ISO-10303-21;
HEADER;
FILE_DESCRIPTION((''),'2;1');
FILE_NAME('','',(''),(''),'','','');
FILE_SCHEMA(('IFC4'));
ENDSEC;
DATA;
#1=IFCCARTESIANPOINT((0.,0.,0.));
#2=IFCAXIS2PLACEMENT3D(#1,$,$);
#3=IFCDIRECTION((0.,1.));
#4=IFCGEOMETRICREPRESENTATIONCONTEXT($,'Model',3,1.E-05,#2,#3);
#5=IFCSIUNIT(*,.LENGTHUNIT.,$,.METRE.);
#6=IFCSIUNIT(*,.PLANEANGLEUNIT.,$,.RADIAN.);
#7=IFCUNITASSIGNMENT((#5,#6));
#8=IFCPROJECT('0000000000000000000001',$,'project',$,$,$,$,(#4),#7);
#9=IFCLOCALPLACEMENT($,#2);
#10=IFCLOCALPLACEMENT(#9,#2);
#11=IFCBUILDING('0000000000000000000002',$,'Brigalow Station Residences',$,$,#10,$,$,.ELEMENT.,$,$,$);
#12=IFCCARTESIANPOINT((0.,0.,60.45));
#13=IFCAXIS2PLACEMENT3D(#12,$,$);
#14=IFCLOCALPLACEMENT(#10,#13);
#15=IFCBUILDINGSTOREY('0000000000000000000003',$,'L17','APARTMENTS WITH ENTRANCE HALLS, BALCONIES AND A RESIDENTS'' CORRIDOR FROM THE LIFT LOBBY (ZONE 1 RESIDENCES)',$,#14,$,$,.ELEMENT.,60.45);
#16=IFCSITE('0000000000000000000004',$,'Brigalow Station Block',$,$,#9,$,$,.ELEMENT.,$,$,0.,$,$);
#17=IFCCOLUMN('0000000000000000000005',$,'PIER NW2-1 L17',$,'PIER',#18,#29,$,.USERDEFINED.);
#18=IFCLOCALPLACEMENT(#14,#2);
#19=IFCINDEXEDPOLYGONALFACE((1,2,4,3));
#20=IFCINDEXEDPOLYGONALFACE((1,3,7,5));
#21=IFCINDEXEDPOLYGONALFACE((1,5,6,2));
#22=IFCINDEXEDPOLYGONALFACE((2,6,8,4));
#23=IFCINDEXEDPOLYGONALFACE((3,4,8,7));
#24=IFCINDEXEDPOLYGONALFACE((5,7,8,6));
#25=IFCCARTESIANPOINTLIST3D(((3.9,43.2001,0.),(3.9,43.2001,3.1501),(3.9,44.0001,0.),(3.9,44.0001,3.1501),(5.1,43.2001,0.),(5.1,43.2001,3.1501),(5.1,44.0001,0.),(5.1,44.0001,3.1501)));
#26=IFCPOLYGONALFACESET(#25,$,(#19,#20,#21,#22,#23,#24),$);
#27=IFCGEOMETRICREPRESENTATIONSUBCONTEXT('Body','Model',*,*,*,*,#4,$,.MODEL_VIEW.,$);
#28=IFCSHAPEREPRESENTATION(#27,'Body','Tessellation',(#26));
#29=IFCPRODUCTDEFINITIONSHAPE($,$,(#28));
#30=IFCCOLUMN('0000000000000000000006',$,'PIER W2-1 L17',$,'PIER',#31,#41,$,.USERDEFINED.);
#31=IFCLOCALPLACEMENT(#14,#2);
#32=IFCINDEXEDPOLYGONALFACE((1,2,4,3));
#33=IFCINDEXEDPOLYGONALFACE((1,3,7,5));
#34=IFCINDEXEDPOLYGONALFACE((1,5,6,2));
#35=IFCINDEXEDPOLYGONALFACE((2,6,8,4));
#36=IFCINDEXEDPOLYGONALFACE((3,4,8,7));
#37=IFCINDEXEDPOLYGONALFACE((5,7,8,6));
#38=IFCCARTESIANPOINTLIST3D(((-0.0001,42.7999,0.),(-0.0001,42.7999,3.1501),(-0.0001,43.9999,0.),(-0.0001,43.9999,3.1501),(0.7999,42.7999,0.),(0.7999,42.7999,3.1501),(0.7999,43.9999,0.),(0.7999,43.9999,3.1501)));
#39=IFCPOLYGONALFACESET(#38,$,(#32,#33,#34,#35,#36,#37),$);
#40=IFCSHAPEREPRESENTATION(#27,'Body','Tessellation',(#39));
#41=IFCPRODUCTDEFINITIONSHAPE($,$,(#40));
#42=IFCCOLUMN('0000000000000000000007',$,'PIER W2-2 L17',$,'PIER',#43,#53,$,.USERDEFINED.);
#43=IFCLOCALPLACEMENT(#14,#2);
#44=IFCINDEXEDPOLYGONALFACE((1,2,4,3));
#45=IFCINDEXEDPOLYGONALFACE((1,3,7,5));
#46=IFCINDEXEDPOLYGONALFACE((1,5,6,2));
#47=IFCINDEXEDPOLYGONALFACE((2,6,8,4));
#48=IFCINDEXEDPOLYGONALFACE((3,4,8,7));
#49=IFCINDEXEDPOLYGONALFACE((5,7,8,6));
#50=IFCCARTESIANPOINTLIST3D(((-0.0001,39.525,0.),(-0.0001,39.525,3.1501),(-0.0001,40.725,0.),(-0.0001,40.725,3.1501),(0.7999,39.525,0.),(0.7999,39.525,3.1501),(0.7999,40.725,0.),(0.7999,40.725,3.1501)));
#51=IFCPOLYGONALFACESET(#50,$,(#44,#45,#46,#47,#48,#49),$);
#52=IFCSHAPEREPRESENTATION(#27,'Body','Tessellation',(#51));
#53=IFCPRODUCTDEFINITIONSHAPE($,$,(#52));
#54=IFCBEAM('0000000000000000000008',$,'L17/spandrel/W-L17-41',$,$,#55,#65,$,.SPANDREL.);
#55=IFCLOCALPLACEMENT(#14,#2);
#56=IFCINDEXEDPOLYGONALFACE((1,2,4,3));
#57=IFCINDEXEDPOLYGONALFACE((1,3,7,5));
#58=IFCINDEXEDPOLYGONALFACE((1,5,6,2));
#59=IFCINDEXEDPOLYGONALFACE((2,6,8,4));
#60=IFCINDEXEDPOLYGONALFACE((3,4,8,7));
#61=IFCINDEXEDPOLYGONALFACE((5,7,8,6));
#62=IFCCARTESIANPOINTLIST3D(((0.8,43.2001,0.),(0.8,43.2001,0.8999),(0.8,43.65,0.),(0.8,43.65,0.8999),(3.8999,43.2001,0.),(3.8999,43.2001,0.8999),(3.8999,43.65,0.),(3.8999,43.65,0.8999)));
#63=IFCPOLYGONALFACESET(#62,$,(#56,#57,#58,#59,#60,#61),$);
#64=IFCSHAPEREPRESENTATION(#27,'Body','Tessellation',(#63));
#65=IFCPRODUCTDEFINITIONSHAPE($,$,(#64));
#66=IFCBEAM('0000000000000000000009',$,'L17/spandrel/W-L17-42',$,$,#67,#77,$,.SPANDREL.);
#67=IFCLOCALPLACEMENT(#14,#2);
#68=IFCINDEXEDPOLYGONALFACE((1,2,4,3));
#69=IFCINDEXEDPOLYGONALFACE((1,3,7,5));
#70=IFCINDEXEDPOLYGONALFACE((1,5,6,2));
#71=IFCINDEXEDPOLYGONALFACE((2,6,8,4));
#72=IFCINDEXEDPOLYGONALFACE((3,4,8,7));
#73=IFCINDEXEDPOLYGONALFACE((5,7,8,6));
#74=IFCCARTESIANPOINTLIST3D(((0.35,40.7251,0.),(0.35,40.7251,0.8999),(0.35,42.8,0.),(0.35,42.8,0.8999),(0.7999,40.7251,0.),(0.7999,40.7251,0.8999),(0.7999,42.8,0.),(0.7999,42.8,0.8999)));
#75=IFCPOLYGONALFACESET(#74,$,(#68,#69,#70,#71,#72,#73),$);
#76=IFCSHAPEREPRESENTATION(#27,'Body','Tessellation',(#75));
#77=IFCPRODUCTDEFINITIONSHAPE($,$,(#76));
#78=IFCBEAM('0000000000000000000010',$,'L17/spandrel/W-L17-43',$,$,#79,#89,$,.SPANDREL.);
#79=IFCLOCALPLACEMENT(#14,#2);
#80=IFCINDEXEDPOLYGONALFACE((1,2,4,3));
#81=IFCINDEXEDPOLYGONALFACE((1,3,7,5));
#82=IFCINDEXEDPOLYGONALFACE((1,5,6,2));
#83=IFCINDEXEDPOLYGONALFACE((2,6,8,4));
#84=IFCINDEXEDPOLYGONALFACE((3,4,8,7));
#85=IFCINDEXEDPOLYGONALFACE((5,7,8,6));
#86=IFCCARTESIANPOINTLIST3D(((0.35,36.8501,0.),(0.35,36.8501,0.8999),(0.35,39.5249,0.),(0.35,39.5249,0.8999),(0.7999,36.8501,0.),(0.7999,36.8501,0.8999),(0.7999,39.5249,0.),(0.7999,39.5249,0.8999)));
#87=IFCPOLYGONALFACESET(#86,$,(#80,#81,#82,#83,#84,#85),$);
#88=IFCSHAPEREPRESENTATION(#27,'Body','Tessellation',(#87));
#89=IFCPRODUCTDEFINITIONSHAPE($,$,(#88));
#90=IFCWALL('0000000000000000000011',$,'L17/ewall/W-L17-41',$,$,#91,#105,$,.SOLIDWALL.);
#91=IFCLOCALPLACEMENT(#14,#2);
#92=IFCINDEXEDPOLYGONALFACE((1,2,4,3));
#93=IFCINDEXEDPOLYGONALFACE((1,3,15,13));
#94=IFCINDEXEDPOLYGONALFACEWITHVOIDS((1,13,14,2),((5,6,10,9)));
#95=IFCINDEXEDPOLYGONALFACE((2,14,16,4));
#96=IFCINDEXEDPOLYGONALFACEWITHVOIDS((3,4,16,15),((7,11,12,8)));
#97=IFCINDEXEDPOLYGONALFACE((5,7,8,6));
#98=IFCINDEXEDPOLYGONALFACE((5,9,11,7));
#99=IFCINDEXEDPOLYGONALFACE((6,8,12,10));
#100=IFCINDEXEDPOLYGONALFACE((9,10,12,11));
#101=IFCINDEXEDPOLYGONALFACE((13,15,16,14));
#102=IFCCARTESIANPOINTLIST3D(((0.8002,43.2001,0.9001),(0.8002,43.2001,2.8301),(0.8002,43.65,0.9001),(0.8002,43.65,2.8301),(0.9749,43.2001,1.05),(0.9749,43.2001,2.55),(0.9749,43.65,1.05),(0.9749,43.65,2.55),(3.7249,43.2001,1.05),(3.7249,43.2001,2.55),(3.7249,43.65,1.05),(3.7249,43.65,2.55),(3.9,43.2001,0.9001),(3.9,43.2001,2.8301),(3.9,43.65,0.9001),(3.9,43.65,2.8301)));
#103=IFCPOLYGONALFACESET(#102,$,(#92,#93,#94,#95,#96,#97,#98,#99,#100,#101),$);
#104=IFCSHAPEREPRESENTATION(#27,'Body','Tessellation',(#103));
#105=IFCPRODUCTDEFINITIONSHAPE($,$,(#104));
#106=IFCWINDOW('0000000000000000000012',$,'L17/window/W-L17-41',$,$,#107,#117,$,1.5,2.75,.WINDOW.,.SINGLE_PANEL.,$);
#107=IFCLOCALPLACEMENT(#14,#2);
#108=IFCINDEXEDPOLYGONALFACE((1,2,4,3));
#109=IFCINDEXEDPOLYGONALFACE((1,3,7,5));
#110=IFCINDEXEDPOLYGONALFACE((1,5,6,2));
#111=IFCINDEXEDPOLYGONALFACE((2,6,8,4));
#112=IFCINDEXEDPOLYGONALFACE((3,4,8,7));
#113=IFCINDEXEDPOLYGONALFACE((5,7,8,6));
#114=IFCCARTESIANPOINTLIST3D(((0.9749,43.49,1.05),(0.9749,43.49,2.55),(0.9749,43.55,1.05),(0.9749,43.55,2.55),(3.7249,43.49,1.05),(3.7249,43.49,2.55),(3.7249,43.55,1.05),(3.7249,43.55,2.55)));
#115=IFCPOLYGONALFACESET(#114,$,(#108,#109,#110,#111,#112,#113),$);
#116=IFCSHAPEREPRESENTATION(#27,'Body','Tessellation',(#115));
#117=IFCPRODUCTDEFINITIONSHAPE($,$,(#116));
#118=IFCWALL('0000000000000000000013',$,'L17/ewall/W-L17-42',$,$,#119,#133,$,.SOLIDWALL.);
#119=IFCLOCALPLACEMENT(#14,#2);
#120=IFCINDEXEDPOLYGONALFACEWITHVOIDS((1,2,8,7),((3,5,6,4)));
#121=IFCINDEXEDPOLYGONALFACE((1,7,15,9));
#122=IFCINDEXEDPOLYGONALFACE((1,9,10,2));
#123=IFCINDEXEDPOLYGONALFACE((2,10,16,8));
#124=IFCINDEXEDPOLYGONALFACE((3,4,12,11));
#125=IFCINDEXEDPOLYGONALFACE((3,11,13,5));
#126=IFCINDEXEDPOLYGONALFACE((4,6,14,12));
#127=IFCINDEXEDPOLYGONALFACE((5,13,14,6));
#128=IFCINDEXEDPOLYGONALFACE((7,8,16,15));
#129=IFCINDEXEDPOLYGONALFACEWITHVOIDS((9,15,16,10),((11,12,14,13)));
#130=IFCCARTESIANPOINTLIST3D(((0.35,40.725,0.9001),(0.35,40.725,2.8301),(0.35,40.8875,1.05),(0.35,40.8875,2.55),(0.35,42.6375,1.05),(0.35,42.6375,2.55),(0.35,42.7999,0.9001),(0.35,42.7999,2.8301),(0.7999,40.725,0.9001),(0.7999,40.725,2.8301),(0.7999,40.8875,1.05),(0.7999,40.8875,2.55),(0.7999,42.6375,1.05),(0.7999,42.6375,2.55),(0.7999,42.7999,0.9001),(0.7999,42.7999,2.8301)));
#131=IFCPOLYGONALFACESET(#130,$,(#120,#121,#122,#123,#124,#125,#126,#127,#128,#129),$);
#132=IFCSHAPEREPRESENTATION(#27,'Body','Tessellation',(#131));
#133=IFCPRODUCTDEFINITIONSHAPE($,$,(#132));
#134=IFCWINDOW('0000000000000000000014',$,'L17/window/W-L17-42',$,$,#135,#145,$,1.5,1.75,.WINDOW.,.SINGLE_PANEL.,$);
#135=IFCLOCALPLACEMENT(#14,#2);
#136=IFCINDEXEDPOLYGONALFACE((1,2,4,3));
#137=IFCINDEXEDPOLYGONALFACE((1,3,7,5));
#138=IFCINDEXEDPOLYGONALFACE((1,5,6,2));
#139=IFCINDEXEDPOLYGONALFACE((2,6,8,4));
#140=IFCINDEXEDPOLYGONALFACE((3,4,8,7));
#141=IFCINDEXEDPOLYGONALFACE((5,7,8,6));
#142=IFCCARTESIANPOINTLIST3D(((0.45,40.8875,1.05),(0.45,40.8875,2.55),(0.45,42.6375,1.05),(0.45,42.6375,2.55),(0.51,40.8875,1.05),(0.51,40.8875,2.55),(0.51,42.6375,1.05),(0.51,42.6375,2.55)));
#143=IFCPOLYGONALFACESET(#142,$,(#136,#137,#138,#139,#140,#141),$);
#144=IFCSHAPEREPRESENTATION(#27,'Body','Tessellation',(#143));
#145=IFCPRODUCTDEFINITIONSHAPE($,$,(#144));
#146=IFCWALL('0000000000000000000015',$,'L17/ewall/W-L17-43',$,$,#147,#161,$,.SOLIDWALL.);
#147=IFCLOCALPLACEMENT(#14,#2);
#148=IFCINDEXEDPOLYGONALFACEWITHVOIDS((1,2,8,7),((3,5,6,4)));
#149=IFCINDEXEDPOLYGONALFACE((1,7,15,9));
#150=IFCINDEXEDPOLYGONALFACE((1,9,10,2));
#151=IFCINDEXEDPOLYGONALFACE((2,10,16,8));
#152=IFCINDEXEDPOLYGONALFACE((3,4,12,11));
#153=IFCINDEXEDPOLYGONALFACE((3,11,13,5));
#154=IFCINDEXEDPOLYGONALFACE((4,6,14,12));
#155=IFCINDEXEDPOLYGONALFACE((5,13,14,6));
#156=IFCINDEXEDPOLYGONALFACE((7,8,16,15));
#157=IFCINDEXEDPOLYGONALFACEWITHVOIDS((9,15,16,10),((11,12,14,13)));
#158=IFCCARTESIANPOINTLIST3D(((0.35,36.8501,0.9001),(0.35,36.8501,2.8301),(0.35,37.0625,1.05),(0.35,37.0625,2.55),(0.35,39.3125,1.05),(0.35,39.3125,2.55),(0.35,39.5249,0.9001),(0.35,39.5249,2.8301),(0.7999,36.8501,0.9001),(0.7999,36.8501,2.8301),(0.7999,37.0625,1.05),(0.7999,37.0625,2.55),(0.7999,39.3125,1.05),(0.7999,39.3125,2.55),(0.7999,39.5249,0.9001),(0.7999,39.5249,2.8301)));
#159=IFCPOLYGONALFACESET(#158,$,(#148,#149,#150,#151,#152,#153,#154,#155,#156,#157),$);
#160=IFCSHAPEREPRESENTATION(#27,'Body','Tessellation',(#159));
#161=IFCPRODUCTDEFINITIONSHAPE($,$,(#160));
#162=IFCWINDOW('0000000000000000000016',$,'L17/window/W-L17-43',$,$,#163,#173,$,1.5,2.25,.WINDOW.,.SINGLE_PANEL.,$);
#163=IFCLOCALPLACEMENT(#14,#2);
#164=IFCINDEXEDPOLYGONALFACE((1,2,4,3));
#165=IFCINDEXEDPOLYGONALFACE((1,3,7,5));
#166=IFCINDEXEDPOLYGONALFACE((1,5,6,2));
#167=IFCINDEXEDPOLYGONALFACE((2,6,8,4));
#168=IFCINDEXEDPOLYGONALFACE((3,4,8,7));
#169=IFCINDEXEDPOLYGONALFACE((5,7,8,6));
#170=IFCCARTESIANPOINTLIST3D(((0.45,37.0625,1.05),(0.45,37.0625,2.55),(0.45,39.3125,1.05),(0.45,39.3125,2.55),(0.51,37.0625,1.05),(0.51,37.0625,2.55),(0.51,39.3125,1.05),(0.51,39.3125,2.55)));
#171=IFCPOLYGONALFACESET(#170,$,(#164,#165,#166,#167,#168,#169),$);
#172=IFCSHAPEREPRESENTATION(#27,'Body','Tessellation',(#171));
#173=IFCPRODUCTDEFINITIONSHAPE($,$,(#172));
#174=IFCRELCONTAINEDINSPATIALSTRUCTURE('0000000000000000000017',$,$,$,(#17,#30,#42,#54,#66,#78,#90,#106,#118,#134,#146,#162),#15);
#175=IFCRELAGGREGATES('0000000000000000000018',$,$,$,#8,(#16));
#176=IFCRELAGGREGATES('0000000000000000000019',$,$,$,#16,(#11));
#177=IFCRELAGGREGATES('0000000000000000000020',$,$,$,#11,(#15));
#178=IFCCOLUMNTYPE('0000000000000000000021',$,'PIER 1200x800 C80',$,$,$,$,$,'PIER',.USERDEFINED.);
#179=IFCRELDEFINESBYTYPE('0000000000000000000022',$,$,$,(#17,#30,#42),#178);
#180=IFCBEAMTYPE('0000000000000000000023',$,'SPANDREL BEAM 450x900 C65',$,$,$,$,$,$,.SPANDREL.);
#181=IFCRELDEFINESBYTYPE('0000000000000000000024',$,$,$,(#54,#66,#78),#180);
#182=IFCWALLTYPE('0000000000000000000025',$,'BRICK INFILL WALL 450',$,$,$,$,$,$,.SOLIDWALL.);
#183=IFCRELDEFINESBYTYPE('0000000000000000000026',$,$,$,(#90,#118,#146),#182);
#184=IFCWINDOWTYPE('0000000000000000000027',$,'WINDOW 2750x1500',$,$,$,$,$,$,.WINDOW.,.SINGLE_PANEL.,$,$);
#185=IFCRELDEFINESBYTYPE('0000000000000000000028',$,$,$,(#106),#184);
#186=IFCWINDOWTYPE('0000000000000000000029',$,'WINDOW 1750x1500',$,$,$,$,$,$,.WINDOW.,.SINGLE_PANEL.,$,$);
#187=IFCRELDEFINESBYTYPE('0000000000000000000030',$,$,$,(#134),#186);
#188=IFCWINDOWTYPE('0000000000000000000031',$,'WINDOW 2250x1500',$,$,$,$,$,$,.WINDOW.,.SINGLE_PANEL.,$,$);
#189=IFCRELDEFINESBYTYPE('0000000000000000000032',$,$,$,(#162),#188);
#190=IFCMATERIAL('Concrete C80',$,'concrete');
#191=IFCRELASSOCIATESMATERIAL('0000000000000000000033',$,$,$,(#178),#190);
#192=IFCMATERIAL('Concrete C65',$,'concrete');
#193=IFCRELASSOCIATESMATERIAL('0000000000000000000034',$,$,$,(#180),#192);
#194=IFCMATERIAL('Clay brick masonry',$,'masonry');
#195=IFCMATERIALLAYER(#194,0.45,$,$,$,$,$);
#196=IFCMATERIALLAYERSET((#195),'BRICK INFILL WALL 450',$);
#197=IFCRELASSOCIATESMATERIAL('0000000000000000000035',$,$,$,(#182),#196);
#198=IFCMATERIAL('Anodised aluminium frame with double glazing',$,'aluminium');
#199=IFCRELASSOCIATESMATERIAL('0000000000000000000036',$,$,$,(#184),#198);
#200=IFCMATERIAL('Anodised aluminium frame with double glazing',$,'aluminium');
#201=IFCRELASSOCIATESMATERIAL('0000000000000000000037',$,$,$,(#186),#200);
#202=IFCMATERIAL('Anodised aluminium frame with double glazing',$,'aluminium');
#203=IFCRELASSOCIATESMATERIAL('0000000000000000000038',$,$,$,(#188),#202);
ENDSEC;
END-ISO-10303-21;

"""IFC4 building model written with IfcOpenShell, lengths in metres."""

from ifc_helpers import new_model, si_unit, direction, frame, frame_2d, origin, origin_2d, place, context, subcontext, project, spatial, rectangle, extrude, material, layer, layer_set, material_profile, profile_set, type_object, element, fill, save


model = new_model("IFC4")

# Units and contexts
model_context = context("Model", 3, precision=1e-05, world=origin(), true_north=direction((0.0, 1.0)))
body_context = subcontext(model_context, "Body", "Model", "MODEL_VIEW")
ifc_project = project(units=[si_unit("LENGTHUNIT", "METRE"), si_unit("PLANEANGLEUNIT", "RADIAN")], contexts=[model_context])

# Site, building, storey
site_placement = place(None, origin())
site = spatial("IfcSite", under=ifc_project, at=site_placement, Name="Brigalow Station Block", CompositionType="ELEMENT", RefElevation=0.0)
building_placement = place(site_placement, origin())
building = spatial("IfcBuilding", under=site, at=building_placement, Name="Brigalow Station Residences", CompositionType="ELEMENT")
storey_placement = place(building_placement, frame((0.0, 0.0, 60.45)))
storey = spatial("IfcBuildingStorey", under=building, at=storey_placement, Name="L17", Description="APARTMENTS WITH ENTRANCE HALLS, BALCONIES AND A RESIDENTS' CORRIDOR FROM THE LIFT LOBBY (ZONE 1 RESIDENCES)", CompositionType="ELEMENT", Elevation=60.45)

# Columns
ifc_material_1 = material(Name="Concrete C80", Category="concrete")
ifc_material_profile_1 = material_profile(ifc_material_1, rectangle(XDim=1.2, YDim=0.8, at=origin_2d()), Name="RC1200x800")
ifc_profile_set_1 = profile_set([ifc_material_profile_1], Name="Concrete C80")
column_type = type_object("IfcColumnType", Name="PIER 1200x800 C80", ElementType="PIER", PredefinedType="USERDEFINED", material=ifc_profile_set_1)
for number, where, z_axis, x_axis, name in (
    (1, (4.5, 43.6001, 0.0), (0.0, 0.0, 1.0), (-1.0, 0.0, 0.0), "PIER NW2-1 L17"),
    (2, (0.3999, 43.3999, 0.0), (0.0, 0.0, 1.0), (0.0, -1.0, 0.0), "PIER W2-1 L17"),
    (3, (0.3999, 40.125, 0.0), (0.0, 0.0, 1.0), (0.0, -1.0, 0.0), "PIER W2-2 L17"),
):
    element("IfcColumn", number, at=place(storey_placement, frame(where, z_axis=z_axis, x_axis=x_axis)), inside=storey, type_object=column_type, Name=name, ObjectType="PIER", PredefinedType="USERDEFINED", context=body_context, shape_type="SweptSolid", body=[
        extrude(rectangle(XDim=1.2, YDim=0.8, at=origin_2d()), origin(), (0.0, 0.0, 1.0), 3.1501),
    ])

# Beams
ifc_material_2 = material(Name="Concrete C65", Category="concrete")
ifc_material_profile_2 = material_profile(ifc_material_2, rectangle(XDim=0.45, YDim=0.8999, at=origin_2d()), Name="RC450x900")
ifc_profile_set_2 = profile_set([ifc_material_profile_2], Name="Concrete C65")
beam_type = type_object("IfcBeamType", Name="SPANDREL BEAM 450x900 C65", PredefinedType="SPANDREL", material=ifc_profile_set_2)
beam_1_placement = place(storey_placement, frame((3.8999, 43.425, 0.45), z_axis=(-1.0, 0.0, 0.0), x_axis=(0.0, -1.0, 0.0)))
element("IfcBeam", 4, at=beam_1_placement, inside=storey, type_object=beam_type, Name="L17/spandrel/W-L17-41", PredefinedType="SPANDREL", context=body_context, shape_type="SweptSolid", body=[
    extrude(rectangle(XDim=0.45, YDim=0.8999, at=origin_2d()), origin(), (0.0, 0.0, 1.0), 3.0999),
])
beam_2_placement = place(storey_placement, frame((0.575, 42.8, 0.45), z_axis=(0.0, -1.0, 0.0), x_axis=(1.0, 0.0, 0.0)))
element("IfcBeam", 5, at=beam_2_placement, inside=storey, type_object=beam_type, Name="L17/spandrel/W-L17-42", PredefinedType="SPANDREL", context=body_context, shape_type="SweptSolid", body=[
    extrude(rectangle(XDim=0.45, YDim=0.8999, at=origin_2d()), origin(), (0.0, 0.0, 1.0), 2.075),
])
beam_3_placement = place(storey_placement, frame((0.575, 39.5249, 0.45), z_axis=(0.0, -1.0, 0.0), x_axis=(1.0, 0.0, 0.0)))
element("IfcBeam", 6, at=beam_3_placement, inside=storey, type_object=beam_type, Name="L17/spandrel/W-L17-43", PredefinedType="SPANDREL", context=body_context, shape_type="SweptSolid", body=[
    extrude(rectangle(XDim=0.45, YDim=0.8999, at=origin_2d()), origin(), (0.0, 0.0, 1.0), 2.6748),
])

# Walls, openings, windows
ifc_material_3 = material(Name="Clay brick masonry", Category="masonry")
ifc_layer_1 = layer(ifc_material_3, 0.45)
ifc_layer_set_1 = layer_set([ifc_layer_1], Name="BRICK INFILL WALL 450")
wall_type_1 = type_object("IfcWallType", Name="BRICK INFILL WALL 450", PredefinedType="SOLIDWALL", material=ifc_layer_set_1)
wall_1_placement = place(storey_placement, frame((3.8999, 43.425, 0.9001), z_axis=(0.0, 0.0, 1.0), x_axis=(-1.0, 0.0, 0.0)))
wall_1 = element("IfcWall", 7, at=wall_1_placement, inside=storey, type_object=wall_type_1, Name="L17/ewall/W-L17-41", PredefinedType="SOLIDWALL", context=body_context, shape_type="SweptSolid", body=[
    extrude(rectangle(XDim=3.0999, YDim=0.45, at=frame_2d((1.5498, 0.0))), origin(), (0.0, 0.0, 1.0), 1.9299),
])
opening_1_placement = place(wall_1_placement, frame((0.175, 0.0, 0.1499)))
opening_1 = element("IfcOpeningElement", 8, at=opening_1_placement, cuts=wall_1, PredefinedType="OPENING", context=body_context, shape_type="SweptSolid", body=[
    extrude(rectangle(XDim=2.75, YDim=1.5, at=frame_2d((1.375, 0.75))), frame((0.0, 0.2349, 0.0), z_axis=(0.0, -1.0, 0.0), x_axis=(1.0, 0.0, 0.0)), (0.0, 0.0, 1.0), 0.47),
])
ifc_material_4 = material(Name="Anodised aluminium frame with double glazing", Category="aluminium")
window_type_1 = type_object("IfcWindowType", Name="WINDOW 2750x1500", PartitioningType="SINGLE_PANEL", PredefinedType="WINDOW", material=ifc_material_4)
window_1_placement = place(opening_1_placement, origin())
window_1 = element("IfcWindow", 9, at=window_1_placement, inside=storey, type_object=window_type_1, Name="L17/window/W-L17-41", OverallHeight=1.5, OverallWidth=2.75, PartitioningType="SINGLE_PANEL", PredefinedType="WINDOW", context=body_context, shape_type="SweptSolid", body=[
    extrude(rectangle(XDim=2.75, YDim=1.5, at=frame_2d((1.375, 0.75))), frame((0.0, -0.0649, 0.0), z_axis=(0.0, -1.0, 0.0), x_axis=(1.0, 0.0, 0.0)), (0.0, 0.0, 1.0), 0.0601),
])
fill(opening_1, window_1)
wall_2_placement = place(storey_placement, frame((0.575, 42.8, 0.9001), z_axis=(0.0, 0.0, 1.0), x_axis=(0.0, -1.0, 0.0)))
wall_2 = element("IfcWall", 10, at=wall_2_placement, inside=storey, type_object=wall_type_1, Name="L17/ewall/W-L17-42", PredefinedType="SOLIDWALL", context=body_context, shape_type="SweptSolid", body=[
    extrude(rectangle(XDim=2.075, YDim=0.45, at=frame_2d((1.0376, 0.0))), origin(), (0.0, 0.0, 1.0), 1.9299),
])
opening_2_placement = place(wall_2_placement, frame((0.1626, 0.0, 0.1499)))
opening_2 = element("IfcOpeningElement", 11, at=opening_2_placement, cuts=wall_2, PredefinedType="OPENING", context=body_context, shape_type="SweptSolid", body=[
    extrude(rectangle(XDim=1.75, YDim=1.5, at=frame_2d((0.875, 0.75))), frame((0.0, 0.2349, 0.0), z_axis=(0.0, -1.0, 0.0), x_axis=(1.0, 0.0, 0.0)), (0.0, 0.0, 1.0), 0.47),
])
ifc_material_5 = material(Name="Anodised aluminium frame with double glazing", Category="aluminium")
window_type_2 = type_object("IfcWindowType", Name="WINDOW 1750x1500", PartitioningType="SINGLE_PANEL", PredefinedType="WINDOW", material=ifc_material_5)
window_2_placement = place(opening_2_placement, origin())
window_2 = element("IfcWindow", 12, at=window_2_placement, inside=storey, type_object=window_type_2, Name="L17/window/W-L17-42", OverallHeight=1.5, OverallWidth=1.75, PartitioningType="SINGLE_PANEL", PredefinedType="WINDOW", context=body_context, shape_type="SweptSolid", body=[
    extrude(rectangle(XDim=1.75, YDim=1.5, at=frame_2d((0.875, 0.75))), frame((0.0, -0.0649, 0.0), z_axis=(0.0, -1.0, 0.0), x_axis=(1.0, 0.0, 0.0)), (0.0, 0.0, 1.0), 0.0601),
])
fill(opening_2, window_2)
wall_3_placement = place(storey_placement, frame((0.575, 39.5249, 0.9001), z_axis=(0.0, 0.0, 1.0), x_axis=(0.0, -1.0, 0.0)))
wall_3 = element("IfcWall", 13, at=wall_3_placement, inside=storey, type_object=wall_type_1, Name="L17/ewall/W-L17-43", PredefinedType="SOLIDWALL", context=body_context, shape_type="SweptSolid", body=[
    extrude(rectangle(XDim=2.6748, YDim=0.45, at=frame_2d((1.3374, 0.0))), origin(), (0.0, 0.0, 1.0), 1.9299),
])
opening_3_placement = place(wall_3_placement, frame((0.2124, 0.0, 0.1499)))
opening_3 = element("IfcOpeningElement", 14, at=opening_3_placement, cuts=wall_3, PredefinedType="OPENING", context=body_context, shape_type="SweptSolid", body=[
    extrude(rectangle(XDim=2.25, YDim=1.5, at=frame_2d((1.125, 0.75))), frame((0.0, 0.2349, 0.0), z_axis=(0.0, -1.0, 0.0), x_axis=(1.0, 0.0, 0.0)), (0.0, 0.0, 1.0), 0.47),
])
ifc_material_6 = material(Name="Anodised aluminium frame with double glazing", Category="aluminium")
window_type_3 = type_object("IfcWindowType", Name="WINDOW 2250x1500", PartitioningType="SINGLE_PANEL", PredefinedType="WINDOW", material=ifc_material_6)
window_3_placement = place(opening_3_placement, origin())
window_3 = element("IfcWindow", 15, at=window_3_placement, inside=storey, type_object=window_type_3, Name="L17/window/W-L17-43", OverallHeight=1.5, OverallWidth=2.25, PartitioningType="SINGLE_PANEL", PredefinedType="WINDOW", context=body_context, shape_type="SweptSolid", body=[
    extrude(rectangle(XDim=2.25, YDim=1.5, at=frame_2d((1.125, 0.75))), frame((0.0, -0.0649, 0.0), z_axis=(0.0, -1.0, 0.0), x_axis=(1.0, 0.0, 0.0)), (0.0, 0.0, 1.0), 0.0601),
])
fill(opening_3, window_3)

save(model, "model.ifc")
